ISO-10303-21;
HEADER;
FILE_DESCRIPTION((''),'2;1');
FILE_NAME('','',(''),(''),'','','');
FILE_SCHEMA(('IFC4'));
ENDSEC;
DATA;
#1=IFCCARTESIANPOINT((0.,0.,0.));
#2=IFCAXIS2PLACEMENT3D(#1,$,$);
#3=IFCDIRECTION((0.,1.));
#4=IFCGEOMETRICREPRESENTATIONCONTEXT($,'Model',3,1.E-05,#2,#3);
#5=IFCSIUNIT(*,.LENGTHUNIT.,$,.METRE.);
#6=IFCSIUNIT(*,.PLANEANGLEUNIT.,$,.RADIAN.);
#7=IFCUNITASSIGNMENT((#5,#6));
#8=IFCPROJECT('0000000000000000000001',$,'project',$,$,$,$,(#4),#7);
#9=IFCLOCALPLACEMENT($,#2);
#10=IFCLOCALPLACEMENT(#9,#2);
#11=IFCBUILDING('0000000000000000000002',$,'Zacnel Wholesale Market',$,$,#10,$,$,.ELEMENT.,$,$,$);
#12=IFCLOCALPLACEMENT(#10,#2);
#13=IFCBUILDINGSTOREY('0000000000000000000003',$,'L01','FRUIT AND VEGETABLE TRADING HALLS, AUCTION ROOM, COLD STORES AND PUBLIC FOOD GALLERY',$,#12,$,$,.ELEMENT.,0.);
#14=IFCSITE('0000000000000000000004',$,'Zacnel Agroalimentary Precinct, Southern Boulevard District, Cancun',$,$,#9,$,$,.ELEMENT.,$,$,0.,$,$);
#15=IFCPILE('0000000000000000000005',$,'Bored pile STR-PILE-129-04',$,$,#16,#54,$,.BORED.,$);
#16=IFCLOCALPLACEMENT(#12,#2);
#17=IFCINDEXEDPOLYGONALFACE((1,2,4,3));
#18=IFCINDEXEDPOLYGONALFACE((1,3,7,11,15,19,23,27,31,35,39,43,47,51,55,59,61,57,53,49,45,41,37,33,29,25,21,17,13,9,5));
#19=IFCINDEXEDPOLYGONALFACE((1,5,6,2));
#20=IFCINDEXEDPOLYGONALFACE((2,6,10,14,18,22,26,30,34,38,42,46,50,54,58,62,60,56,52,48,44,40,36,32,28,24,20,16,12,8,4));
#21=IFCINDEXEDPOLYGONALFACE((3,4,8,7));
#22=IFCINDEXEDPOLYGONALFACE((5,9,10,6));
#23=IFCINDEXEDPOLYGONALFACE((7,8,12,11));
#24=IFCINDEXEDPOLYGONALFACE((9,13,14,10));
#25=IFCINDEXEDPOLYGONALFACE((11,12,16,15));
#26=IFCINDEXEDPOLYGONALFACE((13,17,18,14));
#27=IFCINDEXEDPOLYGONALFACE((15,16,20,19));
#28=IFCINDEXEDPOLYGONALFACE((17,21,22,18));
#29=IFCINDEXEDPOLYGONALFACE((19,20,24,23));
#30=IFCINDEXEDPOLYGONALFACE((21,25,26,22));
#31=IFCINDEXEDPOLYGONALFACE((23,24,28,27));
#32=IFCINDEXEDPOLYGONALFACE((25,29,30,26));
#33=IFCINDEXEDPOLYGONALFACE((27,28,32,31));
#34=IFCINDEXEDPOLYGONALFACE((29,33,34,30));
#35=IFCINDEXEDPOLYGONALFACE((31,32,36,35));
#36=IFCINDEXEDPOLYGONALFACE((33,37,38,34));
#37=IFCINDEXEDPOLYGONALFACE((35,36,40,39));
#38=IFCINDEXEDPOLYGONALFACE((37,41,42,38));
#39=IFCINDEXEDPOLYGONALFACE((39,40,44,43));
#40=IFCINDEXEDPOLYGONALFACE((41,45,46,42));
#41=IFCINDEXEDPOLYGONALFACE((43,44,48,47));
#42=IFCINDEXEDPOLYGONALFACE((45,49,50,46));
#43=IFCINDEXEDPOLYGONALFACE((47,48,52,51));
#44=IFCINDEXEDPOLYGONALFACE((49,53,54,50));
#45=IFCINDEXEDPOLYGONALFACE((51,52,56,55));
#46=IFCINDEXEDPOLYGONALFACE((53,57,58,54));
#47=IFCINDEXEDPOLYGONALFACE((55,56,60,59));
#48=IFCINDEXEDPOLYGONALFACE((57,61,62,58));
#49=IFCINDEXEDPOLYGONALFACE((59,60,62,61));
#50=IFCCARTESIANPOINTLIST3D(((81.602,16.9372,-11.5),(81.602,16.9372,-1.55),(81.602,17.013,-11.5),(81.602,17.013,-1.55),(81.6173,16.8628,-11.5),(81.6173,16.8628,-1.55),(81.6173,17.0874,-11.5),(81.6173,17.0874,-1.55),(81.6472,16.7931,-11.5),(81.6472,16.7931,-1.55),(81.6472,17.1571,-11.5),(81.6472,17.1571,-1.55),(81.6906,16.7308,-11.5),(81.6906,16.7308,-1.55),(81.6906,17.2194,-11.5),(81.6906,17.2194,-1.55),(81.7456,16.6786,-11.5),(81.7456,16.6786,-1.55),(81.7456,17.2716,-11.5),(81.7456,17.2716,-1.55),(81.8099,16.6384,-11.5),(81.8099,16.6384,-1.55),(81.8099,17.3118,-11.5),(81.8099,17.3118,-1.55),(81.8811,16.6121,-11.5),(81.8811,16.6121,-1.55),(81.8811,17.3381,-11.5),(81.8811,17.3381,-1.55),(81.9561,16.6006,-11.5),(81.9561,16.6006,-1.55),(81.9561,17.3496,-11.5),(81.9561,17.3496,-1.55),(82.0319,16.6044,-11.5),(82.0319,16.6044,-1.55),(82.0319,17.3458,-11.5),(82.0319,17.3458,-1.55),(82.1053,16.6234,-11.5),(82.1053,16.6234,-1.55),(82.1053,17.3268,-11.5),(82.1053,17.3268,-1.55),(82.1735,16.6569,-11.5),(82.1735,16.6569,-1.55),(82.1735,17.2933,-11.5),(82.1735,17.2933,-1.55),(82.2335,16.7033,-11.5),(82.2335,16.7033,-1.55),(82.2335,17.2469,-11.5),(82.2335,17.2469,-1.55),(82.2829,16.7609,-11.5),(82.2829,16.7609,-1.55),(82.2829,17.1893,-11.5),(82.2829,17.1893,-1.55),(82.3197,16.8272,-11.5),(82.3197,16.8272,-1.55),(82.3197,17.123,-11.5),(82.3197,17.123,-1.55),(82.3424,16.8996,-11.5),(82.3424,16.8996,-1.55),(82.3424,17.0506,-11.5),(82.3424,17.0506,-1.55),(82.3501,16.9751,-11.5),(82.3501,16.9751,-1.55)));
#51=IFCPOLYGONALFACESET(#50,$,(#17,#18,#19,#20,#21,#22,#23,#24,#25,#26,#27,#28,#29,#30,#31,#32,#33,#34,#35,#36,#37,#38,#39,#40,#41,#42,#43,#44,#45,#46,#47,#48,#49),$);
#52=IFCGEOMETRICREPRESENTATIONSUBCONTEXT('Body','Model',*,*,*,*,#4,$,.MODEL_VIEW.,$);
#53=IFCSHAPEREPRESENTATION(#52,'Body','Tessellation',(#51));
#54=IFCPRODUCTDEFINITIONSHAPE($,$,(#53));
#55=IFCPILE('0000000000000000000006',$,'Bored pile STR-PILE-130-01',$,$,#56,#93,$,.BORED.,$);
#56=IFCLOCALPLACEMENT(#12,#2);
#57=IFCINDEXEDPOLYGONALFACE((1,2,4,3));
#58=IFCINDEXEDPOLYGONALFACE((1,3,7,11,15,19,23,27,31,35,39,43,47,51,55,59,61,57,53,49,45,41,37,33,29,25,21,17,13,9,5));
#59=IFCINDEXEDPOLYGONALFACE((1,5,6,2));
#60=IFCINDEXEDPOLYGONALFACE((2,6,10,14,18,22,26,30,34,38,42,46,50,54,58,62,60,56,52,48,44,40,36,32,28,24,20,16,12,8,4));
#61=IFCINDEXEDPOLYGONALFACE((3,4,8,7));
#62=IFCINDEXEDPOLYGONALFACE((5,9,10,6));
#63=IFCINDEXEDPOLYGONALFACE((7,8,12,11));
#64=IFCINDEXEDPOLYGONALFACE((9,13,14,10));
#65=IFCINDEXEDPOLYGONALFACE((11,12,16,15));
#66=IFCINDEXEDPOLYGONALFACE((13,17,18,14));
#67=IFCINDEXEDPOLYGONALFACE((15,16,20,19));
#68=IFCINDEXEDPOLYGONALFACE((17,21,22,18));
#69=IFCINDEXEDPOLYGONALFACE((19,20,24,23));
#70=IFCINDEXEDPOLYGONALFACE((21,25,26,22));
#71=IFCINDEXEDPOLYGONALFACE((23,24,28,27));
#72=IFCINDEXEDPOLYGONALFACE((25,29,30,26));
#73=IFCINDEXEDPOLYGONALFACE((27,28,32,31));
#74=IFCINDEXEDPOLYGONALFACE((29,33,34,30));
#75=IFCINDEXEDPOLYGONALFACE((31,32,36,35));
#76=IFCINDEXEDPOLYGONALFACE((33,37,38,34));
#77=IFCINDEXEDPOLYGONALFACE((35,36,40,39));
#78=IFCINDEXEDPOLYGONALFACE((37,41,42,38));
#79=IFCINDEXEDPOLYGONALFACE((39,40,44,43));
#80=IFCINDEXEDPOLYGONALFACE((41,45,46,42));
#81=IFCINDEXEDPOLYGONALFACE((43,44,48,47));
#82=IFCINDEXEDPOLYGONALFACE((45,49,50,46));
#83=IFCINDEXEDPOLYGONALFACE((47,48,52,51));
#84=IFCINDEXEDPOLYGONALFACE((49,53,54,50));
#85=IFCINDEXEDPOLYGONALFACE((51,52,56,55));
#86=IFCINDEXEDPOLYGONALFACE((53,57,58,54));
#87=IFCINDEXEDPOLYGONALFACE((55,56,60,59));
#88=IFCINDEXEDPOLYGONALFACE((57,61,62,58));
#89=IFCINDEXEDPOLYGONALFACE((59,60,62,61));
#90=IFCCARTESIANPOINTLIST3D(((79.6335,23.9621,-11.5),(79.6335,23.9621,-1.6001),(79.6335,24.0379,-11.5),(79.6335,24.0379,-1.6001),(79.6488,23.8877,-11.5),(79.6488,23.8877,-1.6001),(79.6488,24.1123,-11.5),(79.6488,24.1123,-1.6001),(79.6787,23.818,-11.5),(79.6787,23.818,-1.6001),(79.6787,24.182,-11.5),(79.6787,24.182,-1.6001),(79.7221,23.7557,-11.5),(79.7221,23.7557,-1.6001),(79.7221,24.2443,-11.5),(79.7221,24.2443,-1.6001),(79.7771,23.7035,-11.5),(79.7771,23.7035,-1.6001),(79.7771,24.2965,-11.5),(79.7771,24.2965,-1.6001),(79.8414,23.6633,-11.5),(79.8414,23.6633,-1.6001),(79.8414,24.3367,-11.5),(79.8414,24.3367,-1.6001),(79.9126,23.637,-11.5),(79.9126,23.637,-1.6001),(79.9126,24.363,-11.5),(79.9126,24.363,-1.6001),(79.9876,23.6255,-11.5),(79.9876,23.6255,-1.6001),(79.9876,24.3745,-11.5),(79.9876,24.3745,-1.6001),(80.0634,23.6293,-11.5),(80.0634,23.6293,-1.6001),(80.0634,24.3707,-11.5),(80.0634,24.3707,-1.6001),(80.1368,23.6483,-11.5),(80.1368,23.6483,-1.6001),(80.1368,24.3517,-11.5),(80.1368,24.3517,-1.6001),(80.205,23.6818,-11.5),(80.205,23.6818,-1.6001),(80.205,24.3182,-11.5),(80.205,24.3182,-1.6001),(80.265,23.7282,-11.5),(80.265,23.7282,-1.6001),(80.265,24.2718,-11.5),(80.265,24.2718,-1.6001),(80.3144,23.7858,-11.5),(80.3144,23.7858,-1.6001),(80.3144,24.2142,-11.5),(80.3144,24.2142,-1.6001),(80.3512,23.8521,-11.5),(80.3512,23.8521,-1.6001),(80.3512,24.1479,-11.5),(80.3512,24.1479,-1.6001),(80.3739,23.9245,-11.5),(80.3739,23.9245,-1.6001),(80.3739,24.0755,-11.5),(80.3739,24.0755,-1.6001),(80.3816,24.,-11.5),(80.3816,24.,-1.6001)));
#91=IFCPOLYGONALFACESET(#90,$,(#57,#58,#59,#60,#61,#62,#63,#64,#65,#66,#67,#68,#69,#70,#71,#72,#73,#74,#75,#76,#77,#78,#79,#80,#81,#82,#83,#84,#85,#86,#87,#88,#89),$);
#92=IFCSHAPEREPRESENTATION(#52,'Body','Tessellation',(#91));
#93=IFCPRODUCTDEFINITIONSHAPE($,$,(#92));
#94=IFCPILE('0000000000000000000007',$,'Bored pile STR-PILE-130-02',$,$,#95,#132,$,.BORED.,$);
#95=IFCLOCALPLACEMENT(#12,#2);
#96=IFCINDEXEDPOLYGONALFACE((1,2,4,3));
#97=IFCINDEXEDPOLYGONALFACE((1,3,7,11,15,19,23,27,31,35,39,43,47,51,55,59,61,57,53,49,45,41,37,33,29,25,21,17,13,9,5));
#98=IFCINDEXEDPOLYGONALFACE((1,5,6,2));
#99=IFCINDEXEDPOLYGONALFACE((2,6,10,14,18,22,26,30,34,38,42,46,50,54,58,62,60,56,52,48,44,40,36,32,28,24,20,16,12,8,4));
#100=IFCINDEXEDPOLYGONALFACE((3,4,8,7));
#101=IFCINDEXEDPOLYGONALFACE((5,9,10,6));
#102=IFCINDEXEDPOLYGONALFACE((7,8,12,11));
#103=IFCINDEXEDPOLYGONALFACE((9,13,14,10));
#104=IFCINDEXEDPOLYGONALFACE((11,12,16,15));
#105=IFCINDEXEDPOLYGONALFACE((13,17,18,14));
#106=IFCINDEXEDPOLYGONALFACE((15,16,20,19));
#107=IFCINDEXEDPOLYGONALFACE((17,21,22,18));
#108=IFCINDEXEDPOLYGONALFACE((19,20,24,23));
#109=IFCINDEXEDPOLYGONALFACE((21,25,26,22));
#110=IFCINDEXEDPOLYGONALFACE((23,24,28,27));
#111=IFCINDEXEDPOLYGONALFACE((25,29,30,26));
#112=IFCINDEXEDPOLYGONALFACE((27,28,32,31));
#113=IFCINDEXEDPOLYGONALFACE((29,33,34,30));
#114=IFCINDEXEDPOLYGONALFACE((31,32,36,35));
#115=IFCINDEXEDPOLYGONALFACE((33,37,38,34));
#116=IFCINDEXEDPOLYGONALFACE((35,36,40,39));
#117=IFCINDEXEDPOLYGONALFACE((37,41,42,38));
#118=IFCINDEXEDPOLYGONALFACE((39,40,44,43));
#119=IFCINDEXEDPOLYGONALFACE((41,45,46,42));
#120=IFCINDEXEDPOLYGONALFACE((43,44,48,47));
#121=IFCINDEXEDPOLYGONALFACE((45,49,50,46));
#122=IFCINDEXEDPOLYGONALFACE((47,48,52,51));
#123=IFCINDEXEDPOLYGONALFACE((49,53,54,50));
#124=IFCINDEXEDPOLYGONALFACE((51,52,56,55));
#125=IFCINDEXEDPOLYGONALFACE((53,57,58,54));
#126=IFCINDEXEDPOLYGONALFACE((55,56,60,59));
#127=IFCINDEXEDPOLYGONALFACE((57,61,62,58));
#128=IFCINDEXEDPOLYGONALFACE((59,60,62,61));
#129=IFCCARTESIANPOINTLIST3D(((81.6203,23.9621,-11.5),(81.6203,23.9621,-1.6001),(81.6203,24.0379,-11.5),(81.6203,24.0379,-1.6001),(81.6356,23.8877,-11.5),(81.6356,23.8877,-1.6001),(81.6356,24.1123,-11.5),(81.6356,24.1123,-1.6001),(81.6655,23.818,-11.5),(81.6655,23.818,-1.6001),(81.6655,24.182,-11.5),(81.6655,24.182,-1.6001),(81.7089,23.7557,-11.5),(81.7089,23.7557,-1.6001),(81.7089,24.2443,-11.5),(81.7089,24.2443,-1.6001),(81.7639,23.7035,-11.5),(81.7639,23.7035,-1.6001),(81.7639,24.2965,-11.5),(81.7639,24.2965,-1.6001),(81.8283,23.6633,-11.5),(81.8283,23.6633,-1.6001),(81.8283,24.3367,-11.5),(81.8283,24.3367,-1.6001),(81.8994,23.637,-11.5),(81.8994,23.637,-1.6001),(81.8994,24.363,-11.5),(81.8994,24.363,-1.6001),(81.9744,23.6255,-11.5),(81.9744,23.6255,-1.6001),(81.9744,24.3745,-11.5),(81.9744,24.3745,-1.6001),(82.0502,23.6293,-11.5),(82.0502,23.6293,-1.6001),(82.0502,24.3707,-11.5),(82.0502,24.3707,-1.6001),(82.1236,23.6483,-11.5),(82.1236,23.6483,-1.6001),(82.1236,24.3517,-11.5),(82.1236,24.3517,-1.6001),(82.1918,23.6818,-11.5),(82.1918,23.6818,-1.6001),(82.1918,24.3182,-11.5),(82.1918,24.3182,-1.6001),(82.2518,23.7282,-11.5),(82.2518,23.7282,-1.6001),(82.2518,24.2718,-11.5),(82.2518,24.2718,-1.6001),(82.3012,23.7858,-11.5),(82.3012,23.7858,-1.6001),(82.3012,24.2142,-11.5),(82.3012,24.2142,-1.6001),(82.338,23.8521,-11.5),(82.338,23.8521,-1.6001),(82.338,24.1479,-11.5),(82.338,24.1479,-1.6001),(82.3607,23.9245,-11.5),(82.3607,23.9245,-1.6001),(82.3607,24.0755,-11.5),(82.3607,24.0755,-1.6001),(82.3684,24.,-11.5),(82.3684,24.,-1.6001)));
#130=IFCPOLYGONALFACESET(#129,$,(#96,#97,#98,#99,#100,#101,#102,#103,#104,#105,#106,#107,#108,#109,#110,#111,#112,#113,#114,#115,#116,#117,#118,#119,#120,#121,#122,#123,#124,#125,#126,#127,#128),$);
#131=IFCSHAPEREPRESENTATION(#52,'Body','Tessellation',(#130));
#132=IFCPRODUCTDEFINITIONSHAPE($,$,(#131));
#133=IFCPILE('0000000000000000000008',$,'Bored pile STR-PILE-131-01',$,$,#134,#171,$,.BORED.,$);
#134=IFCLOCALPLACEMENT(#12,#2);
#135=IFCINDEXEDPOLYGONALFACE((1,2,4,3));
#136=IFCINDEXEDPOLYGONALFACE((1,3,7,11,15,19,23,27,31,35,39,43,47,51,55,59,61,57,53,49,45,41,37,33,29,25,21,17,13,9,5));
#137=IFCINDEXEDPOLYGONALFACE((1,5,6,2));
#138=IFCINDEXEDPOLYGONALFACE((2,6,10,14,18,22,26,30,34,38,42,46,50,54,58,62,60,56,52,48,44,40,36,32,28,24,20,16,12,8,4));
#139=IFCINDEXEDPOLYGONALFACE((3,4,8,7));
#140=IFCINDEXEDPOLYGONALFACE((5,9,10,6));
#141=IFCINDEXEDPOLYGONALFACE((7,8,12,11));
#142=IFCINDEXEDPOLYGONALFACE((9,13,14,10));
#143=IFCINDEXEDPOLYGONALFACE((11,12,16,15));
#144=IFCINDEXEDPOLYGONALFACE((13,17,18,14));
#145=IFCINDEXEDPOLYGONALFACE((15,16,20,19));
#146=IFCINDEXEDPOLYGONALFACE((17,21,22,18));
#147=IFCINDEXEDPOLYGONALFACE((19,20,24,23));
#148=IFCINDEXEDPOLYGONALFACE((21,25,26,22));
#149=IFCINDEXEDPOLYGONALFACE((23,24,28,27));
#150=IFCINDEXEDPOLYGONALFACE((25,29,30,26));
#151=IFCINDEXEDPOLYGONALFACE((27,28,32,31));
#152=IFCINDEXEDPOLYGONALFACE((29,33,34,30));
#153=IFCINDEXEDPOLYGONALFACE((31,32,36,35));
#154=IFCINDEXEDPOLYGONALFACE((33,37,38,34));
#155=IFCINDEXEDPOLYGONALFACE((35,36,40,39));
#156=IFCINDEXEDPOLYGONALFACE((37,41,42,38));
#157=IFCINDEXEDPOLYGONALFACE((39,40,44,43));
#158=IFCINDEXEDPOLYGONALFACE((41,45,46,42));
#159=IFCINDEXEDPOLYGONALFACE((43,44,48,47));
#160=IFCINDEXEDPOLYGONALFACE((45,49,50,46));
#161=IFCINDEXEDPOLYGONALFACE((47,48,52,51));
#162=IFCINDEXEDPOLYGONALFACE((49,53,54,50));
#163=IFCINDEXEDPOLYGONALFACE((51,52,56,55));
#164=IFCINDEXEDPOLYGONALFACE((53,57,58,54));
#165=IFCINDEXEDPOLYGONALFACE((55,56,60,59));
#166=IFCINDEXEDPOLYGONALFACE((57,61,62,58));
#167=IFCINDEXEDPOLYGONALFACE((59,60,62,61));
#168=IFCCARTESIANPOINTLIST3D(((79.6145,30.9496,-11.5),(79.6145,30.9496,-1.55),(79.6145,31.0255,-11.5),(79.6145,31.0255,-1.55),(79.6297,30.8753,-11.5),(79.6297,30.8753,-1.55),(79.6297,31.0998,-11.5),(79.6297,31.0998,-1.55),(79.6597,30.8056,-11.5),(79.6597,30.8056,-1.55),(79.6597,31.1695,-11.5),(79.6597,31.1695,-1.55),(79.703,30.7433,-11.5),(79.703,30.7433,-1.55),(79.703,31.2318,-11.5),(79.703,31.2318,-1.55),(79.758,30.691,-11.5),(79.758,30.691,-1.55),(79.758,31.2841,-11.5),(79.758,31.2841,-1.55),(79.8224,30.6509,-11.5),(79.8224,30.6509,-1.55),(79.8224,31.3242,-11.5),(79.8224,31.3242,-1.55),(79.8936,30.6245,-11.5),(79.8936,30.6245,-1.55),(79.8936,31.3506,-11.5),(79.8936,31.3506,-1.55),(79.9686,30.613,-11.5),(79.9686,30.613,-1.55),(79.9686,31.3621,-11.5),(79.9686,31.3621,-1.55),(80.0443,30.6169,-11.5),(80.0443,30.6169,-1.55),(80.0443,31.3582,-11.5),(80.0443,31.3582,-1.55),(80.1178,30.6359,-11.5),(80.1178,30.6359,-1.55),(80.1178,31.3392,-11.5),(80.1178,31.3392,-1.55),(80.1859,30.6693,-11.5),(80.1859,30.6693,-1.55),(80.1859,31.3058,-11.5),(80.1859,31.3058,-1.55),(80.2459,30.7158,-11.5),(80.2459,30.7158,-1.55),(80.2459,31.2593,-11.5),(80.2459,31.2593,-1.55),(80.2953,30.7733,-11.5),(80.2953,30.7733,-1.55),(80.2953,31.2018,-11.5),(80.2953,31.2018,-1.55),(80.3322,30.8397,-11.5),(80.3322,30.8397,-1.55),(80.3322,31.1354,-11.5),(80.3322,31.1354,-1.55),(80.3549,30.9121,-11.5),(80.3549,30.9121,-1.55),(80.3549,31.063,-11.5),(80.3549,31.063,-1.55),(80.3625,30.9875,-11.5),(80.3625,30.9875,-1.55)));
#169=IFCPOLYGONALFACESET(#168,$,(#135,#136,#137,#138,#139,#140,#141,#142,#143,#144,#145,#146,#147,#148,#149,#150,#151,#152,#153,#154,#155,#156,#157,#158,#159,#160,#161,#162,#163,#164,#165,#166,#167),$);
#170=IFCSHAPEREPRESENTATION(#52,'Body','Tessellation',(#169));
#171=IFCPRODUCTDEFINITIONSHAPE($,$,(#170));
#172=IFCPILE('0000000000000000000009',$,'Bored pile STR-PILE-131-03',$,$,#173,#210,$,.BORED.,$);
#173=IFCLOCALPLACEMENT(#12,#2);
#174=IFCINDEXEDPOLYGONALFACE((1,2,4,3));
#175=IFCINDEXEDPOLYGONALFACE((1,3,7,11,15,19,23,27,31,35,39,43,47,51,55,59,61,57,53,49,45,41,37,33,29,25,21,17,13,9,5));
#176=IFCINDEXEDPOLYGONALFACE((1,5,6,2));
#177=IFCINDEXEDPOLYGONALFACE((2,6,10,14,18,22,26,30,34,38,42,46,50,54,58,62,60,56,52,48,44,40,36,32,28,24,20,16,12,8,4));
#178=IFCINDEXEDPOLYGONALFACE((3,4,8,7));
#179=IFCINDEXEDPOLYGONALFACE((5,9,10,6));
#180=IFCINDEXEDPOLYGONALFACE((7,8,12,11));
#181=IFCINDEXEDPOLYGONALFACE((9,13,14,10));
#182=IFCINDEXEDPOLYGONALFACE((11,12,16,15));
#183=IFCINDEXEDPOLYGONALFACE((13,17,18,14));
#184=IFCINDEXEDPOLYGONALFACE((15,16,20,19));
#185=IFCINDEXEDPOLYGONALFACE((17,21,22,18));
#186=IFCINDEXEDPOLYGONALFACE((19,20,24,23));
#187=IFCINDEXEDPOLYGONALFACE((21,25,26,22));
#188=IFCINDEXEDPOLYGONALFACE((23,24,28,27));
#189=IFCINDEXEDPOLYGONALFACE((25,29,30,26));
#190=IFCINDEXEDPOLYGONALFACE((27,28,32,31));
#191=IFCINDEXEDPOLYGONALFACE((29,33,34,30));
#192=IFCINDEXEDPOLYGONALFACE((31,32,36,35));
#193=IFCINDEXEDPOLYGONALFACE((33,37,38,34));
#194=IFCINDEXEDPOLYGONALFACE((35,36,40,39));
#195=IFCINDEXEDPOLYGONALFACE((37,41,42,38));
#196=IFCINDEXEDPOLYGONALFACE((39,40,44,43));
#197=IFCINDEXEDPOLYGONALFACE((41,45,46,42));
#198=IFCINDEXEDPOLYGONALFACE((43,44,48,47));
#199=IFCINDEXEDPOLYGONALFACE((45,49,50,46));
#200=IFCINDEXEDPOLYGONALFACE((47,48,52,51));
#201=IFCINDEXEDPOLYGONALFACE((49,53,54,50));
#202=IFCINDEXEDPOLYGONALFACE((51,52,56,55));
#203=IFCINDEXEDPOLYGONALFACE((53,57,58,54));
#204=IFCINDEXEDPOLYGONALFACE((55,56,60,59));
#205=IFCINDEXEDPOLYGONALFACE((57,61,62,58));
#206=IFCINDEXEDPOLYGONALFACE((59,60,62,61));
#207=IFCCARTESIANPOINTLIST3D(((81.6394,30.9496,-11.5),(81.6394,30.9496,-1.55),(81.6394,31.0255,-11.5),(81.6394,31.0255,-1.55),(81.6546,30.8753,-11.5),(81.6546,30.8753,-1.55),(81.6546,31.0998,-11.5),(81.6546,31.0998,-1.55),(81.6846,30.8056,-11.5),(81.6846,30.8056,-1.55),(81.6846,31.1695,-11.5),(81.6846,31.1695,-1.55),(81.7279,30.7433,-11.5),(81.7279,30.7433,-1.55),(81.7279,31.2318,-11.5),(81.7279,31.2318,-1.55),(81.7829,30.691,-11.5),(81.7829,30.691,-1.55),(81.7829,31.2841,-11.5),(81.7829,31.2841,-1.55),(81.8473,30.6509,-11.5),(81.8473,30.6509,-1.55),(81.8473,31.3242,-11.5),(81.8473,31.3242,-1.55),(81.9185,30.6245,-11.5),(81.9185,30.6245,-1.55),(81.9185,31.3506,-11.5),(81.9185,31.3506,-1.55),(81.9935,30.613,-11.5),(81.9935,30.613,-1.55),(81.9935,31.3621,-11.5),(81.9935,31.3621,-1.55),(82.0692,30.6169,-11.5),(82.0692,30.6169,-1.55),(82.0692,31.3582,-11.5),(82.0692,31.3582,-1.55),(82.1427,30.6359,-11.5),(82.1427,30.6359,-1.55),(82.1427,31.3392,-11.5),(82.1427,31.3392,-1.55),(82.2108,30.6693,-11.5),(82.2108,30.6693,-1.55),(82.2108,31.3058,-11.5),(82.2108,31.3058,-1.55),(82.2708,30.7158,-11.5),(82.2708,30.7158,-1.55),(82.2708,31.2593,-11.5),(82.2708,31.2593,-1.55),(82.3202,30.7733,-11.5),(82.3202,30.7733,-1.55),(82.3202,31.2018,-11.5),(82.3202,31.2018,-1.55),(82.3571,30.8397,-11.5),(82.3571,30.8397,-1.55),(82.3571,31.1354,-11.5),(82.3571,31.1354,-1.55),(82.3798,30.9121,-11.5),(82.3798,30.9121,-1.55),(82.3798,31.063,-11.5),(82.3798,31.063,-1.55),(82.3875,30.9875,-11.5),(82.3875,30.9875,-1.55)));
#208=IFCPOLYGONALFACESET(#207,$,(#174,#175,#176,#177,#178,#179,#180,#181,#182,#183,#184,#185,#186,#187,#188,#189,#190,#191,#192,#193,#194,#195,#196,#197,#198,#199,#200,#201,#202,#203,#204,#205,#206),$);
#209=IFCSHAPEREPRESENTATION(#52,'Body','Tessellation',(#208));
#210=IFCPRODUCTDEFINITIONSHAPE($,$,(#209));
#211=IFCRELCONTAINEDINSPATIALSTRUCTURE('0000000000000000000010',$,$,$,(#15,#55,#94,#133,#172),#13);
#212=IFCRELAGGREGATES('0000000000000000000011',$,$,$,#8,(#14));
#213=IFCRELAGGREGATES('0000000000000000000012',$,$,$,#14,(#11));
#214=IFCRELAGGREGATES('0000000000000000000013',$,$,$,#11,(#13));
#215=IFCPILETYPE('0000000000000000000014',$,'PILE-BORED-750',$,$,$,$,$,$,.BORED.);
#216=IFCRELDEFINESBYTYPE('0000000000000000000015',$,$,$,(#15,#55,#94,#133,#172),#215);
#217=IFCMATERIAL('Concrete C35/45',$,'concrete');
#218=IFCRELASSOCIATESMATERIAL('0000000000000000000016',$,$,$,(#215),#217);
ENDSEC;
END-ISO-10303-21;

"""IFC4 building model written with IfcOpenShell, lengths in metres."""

from ifc_helpers import new_model, si_unit, direction, frame, origin, origin_2d, place, context, subcontext, project, spatial, circle, extrude, material, material_profile, profile_set, type_object, element, save


model = new_model("IFC4")

# Units and contexts
model_context = context("Model", 3, precision=1e-05, world=origin(), true_north=direction((0.0, 1.0)))
body_context = subcontext(model_context, "Body", "Model", "MODEL_VIEW")
ifc_project = project(units=[si_unit("LENGTHUNIT", "METRE"), si_unit("PLANEANGLEUNIT", "RADIAN")], contexts=[model_context])

# Site, building, storey
site_placement = place(None, origin())
site = spatial("IfcSite", under=ifc_project, at=site_placement, Name="Zacnel Agroalimentary Precinct, Southern Boulevard District, Cancun", CompositionType="ELEMENT", RefElevation=0.0)
building_placement = place(site_placement, origin())
building = spatial("IfcBuilding", under=site, at=building_placement, Name="Zacnel Wholesale Market", CompositionType="ELEMENT")
storey_placement = place(building_placement, origin())
storey = spatial("IfcBuildingStorey", under=building, at=storey_placement, Name="L01", Description="FRUIT AND VEGETABLE TRADING HALLS, AUCTION ROOM, COLD STORES AND PUBLIC FOOD GALLERY", CompositionType="ELEMENT", Elevation=0.0)

# Piles
ifc_material_1 = material(Name="Concrete C35/45", Category="concrete")
ifc_material_profile_1 = material_profile(ifc_material_1, circle(Radius=0.375, at=origin_2d()), Name="BORED PILE D750")
ifc_profile_set_1 = profile_set([ifc_material_profile_1], Name="Concrete C35/45")
pile_type_1 = type_object("IfcPileType", Name="PILE-BORED-750", PredefinedType="BORED", material=ifc_profile_set_1)
for number, where, z_axis, x_axis, name in (
    (1, (81.9751, 16.9751, -1.55), (0.0, 0.0, -1.0), (1.0, 0.0, 0.0), "Bored pile STR-PILE-129-04"),
):
    element("IfcPile", number, at=place(storey_placement, frame(where, z_axis=z_axis, x_axis=x_axis)), inside=storey, type_object=pile_type_1, Name=name, PredefinedType="BORED", context=body_context, shape_type="SweptSolid", body=[
        extrude(circle(Radius=0.375, at=origin_2d()), origin(), (0.0, 0.0, 1.0), 9.95),
    ])
for number, where, z_axis, x_axis, name in (
    (2, (80.0066, 24.0, -1.6001), (0.0, 0.0, -1.0), (1.0, 0.0, 0.0), "Bored pile STR-PILE-130-01"),
    (3, (81.9934, 24.0, -1.6001), (0.0, 0.0, -1.0), (1.0, 0.0, 0.0), "Bored pile STR-PILE-130-02"),
):
    element("IfcPile", number, at=place(storey_placement, frame(where, z_axis=z_axis, x_axis=x_axis)), inside=storey, type_object=pile_type_1, Name=name, PredefinedType="BORED", context=body_context, shape_type="SweptSolid", body=[
        extrude(circle(Radius=0.375, at=origin_2d()), origin(), (0.0, 0.0, 1.0), 9.8999),
    ])
for number, where, z_axis, x_axis, name in (
    (4, (79.9875, 30.9875, -1.55), (0.0, 0.0, -1.0), (1.0, 0.0, 0.0), "Bored pile STR-PILE-131-01"),
    (5, (82.0125, 30.9875, -1.55), (0.0, 0.0, -1.0), (1.0, 0.0, 0.0), "Bored pile STR-PILE-131-03"),
):
    element("IfcPile", number, at=place(storey_placement, frame(where, z_axis=z_axis, x_axis=x_axis)), inside=storey, type_object=pile_type_1, Name=name, PredefinedType="BORED", context=body_context, shape_type="SweptSolid", body=[
        extrude(circle(Radius=0.375, at=origin_2d()), origin(), (0.0, 0.0, 1.0), 9.95),
    ])

save(model, "model.ifc")
